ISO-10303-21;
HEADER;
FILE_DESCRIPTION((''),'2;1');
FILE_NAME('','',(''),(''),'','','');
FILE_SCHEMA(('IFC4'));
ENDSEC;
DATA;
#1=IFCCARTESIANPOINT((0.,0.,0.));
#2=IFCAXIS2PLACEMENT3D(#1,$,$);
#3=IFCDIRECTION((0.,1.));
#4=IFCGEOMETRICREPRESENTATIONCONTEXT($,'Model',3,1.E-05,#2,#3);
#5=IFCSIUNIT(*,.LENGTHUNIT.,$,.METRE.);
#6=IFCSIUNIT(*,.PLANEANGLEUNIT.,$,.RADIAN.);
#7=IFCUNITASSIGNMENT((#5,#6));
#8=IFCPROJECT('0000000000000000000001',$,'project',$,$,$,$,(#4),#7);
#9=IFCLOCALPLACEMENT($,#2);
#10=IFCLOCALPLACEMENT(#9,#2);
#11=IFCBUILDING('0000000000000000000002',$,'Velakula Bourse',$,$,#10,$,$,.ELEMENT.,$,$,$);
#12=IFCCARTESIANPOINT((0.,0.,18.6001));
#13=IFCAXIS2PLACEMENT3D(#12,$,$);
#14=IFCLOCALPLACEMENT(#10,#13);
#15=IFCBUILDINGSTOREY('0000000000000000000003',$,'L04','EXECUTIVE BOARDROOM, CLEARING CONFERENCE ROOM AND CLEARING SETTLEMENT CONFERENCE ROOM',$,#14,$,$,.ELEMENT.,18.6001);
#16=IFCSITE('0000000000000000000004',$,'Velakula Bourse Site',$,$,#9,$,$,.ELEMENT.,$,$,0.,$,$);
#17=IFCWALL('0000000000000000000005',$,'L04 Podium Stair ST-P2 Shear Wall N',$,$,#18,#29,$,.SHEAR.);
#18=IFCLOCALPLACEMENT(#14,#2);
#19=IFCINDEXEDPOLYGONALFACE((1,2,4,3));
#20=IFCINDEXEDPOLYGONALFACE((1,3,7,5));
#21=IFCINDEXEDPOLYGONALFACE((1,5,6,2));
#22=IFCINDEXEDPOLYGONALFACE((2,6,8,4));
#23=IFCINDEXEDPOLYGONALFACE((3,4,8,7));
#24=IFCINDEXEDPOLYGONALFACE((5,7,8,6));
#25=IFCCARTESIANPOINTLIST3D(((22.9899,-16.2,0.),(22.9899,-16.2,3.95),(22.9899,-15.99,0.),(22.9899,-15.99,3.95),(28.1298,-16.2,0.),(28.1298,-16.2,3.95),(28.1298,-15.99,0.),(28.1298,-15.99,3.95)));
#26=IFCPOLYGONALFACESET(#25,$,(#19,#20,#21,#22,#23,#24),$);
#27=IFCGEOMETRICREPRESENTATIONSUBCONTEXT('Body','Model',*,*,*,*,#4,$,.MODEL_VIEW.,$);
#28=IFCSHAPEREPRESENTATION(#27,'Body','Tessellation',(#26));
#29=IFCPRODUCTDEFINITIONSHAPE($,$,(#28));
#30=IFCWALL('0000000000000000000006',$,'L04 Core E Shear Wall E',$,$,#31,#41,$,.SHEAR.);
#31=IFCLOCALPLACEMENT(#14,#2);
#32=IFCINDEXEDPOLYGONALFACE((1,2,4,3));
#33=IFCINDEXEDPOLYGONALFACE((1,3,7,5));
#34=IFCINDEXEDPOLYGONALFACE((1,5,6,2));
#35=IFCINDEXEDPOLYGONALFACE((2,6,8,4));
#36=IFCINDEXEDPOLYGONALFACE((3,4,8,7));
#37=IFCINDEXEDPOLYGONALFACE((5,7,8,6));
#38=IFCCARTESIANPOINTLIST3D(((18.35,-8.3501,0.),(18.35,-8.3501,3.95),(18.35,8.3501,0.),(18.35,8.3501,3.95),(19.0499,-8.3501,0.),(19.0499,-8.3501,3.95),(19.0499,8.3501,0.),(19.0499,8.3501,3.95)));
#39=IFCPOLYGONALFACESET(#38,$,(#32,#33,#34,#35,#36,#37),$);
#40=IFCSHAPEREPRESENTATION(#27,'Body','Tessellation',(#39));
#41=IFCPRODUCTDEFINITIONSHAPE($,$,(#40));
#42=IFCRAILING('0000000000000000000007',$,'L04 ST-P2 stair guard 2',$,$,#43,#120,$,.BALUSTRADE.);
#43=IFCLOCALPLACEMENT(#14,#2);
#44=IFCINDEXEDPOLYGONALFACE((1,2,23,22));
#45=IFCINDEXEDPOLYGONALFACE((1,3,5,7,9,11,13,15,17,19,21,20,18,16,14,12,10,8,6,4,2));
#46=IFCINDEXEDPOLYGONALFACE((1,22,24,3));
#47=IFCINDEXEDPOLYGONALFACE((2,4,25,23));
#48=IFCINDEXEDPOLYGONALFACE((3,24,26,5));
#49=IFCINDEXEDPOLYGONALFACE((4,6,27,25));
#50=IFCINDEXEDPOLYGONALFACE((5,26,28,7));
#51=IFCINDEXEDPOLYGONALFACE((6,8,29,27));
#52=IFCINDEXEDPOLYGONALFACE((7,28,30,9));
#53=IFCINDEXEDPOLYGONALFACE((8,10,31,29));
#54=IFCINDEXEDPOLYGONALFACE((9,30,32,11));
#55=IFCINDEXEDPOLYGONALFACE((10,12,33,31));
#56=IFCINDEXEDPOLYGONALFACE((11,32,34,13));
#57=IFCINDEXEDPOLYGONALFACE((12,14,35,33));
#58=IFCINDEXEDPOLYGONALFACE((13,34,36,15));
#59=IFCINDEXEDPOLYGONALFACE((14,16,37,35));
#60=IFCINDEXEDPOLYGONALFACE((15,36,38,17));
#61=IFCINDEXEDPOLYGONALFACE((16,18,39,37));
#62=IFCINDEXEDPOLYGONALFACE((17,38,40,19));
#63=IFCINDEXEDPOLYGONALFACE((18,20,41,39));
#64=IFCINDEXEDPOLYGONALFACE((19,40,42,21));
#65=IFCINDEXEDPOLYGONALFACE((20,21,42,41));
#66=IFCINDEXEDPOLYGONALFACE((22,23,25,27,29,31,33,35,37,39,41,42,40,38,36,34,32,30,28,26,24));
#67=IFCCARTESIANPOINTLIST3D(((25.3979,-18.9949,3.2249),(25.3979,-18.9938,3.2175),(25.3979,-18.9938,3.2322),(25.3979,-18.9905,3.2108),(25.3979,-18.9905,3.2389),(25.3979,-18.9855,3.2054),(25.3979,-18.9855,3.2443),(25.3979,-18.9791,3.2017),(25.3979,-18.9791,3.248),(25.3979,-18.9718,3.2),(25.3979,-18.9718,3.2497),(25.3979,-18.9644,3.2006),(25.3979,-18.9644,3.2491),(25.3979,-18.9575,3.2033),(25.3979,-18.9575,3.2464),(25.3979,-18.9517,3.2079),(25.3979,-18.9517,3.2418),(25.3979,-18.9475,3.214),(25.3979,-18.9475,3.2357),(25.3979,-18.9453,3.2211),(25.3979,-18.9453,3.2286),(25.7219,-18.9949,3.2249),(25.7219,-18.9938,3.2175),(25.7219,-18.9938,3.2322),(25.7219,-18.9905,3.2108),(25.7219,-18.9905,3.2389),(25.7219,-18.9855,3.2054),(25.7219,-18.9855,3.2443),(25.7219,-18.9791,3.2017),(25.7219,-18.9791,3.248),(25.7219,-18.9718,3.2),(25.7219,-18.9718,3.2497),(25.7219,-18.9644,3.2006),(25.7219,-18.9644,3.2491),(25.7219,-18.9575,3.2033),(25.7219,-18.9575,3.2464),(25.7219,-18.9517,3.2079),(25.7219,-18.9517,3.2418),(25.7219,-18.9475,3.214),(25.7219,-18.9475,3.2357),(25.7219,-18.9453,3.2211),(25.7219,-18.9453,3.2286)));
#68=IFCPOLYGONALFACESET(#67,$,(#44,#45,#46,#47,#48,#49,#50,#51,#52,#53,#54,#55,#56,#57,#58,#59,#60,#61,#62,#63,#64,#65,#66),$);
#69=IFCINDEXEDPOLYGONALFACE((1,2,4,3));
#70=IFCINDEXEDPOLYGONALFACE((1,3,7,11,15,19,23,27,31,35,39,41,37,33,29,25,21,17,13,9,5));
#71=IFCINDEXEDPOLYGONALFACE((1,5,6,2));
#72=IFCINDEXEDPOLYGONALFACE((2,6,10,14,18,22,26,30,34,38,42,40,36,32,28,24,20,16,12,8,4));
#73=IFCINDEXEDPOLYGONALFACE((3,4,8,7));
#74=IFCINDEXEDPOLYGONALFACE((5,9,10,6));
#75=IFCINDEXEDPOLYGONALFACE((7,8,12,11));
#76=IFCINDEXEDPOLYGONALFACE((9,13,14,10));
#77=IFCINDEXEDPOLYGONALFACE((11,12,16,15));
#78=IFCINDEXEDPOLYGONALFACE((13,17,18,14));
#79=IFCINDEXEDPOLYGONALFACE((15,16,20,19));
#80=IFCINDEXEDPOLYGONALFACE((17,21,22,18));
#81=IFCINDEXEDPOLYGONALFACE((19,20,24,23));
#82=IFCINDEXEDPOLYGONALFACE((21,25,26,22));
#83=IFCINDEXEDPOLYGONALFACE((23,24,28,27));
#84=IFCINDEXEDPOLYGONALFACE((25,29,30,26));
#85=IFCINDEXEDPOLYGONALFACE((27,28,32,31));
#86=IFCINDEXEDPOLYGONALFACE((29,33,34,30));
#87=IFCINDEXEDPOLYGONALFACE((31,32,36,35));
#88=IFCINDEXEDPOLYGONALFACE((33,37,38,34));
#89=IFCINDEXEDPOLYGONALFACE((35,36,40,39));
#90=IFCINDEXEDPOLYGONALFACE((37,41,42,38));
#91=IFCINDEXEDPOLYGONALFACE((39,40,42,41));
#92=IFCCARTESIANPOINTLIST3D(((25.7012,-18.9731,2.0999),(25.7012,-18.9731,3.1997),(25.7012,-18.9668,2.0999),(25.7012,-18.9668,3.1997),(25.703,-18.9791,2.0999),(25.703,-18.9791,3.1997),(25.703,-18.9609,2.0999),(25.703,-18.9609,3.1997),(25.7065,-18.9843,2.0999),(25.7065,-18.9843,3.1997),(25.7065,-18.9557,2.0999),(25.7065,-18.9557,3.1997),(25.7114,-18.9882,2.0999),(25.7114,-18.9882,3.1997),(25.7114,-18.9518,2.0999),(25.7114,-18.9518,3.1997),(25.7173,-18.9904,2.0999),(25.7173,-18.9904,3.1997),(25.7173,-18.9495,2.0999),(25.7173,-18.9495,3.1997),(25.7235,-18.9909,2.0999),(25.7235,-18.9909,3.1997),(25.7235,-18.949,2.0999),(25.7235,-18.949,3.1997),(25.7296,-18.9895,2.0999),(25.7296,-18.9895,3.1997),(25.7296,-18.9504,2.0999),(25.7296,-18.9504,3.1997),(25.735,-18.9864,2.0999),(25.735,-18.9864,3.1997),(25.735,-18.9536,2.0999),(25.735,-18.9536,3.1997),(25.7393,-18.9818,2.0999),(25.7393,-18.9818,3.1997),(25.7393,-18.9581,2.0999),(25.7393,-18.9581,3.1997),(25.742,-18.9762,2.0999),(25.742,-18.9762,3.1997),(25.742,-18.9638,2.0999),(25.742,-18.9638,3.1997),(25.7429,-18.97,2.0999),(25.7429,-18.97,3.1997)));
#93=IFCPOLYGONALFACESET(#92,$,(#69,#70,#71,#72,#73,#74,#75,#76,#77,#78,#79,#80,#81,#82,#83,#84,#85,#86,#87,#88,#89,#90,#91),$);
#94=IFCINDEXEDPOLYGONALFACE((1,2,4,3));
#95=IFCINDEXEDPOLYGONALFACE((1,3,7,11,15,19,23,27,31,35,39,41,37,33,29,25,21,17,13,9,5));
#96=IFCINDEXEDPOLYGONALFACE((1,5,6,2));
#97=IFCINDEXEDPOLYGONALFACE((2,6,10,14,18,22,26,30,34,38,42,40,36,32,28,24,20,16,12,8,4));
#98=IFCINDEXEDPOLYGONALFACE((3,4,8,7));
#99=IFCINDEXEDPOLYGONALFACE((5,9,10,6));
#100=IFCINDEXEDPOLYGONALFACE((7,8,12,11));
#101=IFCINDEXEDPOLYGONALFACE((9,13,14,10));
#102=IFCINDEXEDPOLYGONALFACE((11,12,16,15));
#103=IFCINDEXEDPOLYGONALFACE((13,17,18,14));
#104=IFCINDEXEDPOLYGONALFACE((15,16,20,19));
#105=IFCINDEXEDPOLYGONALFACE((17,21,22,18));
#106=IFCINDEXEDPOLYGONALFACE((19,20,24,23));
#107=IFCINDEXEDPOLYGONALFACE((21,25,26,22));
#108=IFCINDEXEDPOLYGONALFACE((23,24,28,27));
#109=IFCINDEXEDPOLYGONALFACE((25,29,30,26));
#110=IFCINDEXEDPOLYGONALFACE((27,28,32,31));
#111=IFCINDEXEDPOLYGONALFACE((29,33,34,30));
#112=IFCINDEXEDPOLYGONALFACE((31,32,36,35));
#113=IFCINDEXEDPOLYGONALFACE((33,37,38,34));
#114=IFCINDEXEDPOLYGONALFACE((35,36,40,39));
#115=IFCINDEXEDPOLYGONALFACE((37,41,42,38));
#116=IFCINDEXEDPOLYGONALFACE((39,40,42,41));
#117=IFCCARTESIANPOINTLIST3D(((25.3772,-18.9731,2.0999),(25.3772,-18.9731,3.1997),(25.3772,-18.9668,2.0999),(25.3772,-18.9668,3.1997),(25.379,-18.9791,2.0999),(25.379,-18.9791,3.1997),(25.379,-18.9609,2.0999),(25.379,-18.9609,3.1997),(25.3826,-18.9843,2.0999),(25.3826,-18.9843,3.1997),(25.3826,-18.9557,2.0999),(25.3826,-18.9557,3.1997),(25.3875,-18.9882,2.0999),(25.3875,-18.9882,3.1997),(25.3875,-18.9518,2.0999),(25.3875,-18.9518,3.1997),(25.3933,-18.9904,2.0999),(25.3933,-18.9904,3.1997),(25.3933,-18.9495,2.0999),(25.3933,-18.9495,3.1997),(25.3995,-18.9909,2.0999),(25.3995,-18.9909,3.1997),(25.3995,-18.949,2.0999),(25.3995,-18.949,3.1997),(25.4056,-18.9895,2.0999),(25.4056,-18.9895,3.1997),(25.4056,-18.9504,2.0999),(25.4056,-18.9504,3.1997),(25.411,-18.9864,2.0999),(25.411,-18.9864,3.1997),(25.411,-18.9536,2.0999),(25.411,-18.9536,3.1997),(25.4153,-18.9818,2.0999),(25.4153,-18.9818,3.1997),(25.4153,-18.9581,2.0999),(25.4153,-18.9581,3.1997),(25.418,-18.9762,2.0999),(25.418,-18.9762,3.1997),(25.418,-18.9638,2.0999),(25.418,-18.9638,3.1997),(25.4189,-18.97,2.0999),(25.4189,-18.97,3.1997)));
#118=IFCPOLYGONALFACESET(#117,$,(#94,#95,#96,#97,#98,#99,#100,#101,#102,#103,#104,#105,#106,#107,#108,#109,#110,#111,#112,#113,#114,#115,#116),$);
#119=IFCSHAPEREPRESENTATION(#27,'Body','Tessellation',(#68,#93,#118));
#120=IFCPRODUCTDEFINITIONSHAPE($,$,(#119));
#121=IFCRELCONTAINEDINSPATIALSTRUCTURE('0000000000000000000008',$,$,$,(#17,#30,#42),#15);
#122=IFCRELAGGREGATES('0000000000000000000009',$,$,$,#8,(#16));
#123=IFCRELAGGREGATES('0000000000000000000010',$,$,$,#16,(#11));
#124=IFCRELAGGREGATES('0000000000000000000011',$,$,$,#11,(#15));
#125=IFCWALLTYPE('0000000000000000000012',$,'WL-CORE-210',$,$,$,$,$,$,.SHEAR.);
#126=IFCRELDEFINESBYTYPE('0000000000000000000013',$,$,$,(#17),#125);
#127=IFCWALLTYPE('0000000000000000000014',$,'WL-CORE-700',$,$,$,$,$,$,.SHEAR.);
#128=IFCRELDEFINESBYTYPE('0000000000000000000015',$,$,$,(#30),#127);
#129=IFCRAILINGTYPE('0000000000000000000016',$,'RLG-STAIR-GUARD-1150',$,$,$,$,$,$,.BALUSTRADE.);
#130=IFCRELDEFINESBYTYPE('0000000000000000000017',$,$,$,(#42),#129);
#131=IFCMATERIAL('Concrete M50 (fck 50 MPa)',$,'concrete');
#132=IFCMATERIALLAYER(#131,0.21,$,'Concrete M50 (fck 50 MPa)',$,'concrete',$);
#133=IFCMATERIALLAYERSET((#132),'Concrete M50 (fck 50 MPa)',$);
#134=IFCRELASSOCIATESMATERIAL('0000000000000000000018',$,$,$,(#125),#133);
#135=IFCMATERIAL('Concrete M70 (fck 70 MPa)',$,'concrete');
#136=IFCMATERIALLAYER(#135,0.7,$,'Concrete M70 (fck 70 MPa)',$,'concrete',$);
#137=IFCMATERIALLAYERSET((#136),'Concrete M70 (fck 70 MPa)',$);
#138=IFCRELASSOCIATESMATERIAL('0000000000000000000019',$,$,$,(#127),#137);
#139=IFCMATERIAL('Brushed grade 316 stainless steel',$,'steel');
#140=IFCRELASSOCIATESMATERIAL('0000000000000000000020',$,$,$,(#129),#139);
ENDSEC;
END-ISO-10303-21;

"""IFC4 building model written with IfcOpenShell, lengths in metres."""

from ifc_helpers import new_model, si_unit, direction, frame, frame_2d, origin, origin_2d, place, context, subcontext, project, spatial, rectangle, circle, extrude, material, layer, layer_set, type_object, element, save


model = new_model("IFC4")

# Units and contexts
model_context = context("Model", 3, precision=1e-05, world=origin(), true_north=direction((0.0, 1.0)))
body_context = subcontext(model_context, "Body", "Model", "MODEL_VIEW")
ifc_project = project(units=[si_unit("LENGTHUNIT", "METRE"), si_unit("PLANEANGLEUNIT", "RADIAN")], contexts=[model_context])

# Site, building, storey
site_placement = place(None, origin())
site = spatial("IfcSite", under=ifc_project, at=site_placement, Name="Velakula Bourse Site", CompositionType="ELEMENT", RefElevation=0.0)
building_placement = place(site_placement, origin())
building = spatial("IfcBuilding", under=site, at=building_placement, Name="Velakula Bourse", CompositionType="ELEMENT")
storey_placement = place(building_placement, frame((0.0, 0.0, 18.6001)))
storey = spatial("IfcBuildingStorey", under=building, at=storey_placement, Name="L04", Description="EXECUTIVE BOARDROOM, CLEARING CONFERENCE ROOM AND CLEARING SETTLEMENT CONFERENCE ROOM", CompositionType="ELEMENT", Elevation=18.6001)

# Shared definitions
ifc_material_1 = material(Name="Concrete M70 (fck 70 MPa)", Category="concrete")

# Walls
ifc_material_2 = material(Name="Concrete M50 (fck 50 MPa)", Category="concrete")
ifc_layer_1 = layer(ifc_material_2, 0.21, Name="Concrete M50 (fck 50 MPa)", Category="concrete")
ifc_layer_set_1 = layer_set([ifc_layer_1], Name="Concrete M50 (fck 50 MPa)")
wall_type_1 = type_object("IfcWallType", Name="WL-CORE-210", PredefinedType="SHEAR", material=ifc_layer_set_1)
wall_1_placement = place(storey_placement, frame((22.99, -16.095, 0.0), z_axis=(0.0, 0.0, 1.0), x_axis=(1.0, 0.0, 0.0)))
element("IfcWall", 1, at=wall_1_placement, inside=storey, type_object=wall_type_1, Name="L04 Podium Stair ST-P2 Shear Wall N", PredefinedType="SHEAR", context=body_context, shape_type="SweptSolid", body=[
    extrude(rectangle(XDim=5.1399, YDim=0.21, at=frame_2d((2.5698, 0.0))), origin(), (0.0, 0.0, 1.0), 3.95),
])
ifc_layer_2 = layer(ifc_material_1, 0.7, Name="Concrete M70 (fck 70 MPa)", Category="concrete")
ifc_layer_set_2 = layer_set([ifc_layer_2], Name="Concrete M70 (fck 70 MPa)")
wall_type_2 = type_object("IfcWallType", Name="WL-CORE-700", PredefinedType="SHEAR", material=ifc_layer_set_2)
wall_2_placement = place(storey_placement, frame((18.7, -8.3501, 0.0), z_axis=(0.0, 0.0, 1.0), x_axis=(0.0, 1.0, 0.0)))
element("IfcWall", 2, at=wall_2_placement, inside=storey, type_object=wall_type_2, Name="L04 Core E Shear Wall E", PredefinedType="SHEAR", context=body_context, shape_type="SweptSolid", body=[
    extrude(rectangle(XDim=16.7002, YDim=0.7, at=frame_2d((8.3501, 0.0))), origin(), (0.0, 0.0, 1.0), 3.95),
])

# Railing
ifc_material_3 = material(Name="Brushed grade 316 stainless steel", Category="steel")
railing_type = type_object("IfcRailingType", Name="RLG-STAIR-GUARD-1150", PredefinedType="BALUSTRADE", material=ifc_material_3)
railing_placement = place(storey_placement, frame((25.7219, -18.97, 2.0999)))
element("IfcRailing", 3, at=railing_placement, inside=storey, type_object=railing_type, Name="L04 ST-P2 stair guard 2", PredefinedType="BALUSTRADE", context=body_context, shape_type="SweptSolid", body=[
    extrude(circle(Radius=0.0249, at=origin_2d()), frame((0.0, 0.0, 1.125), z_axis=(-1.0, 0.0, 0.0), x_axis=(0.0, -1.0, 0.0)), (0.0, 0.0, 1.0), 0.324),
    extrude(circle(Radius=0.021, at=origin_2d()), origin(), (0.0, 0.0, 1.0), 1.0999),
    extrude(circle(Radius=0.021, at=origin_2d()), frame((-0.324, 0.0, 0.0)), (0.0, 0.0, 1.0), 1.0999),
])

save(model, "model.ifc")
